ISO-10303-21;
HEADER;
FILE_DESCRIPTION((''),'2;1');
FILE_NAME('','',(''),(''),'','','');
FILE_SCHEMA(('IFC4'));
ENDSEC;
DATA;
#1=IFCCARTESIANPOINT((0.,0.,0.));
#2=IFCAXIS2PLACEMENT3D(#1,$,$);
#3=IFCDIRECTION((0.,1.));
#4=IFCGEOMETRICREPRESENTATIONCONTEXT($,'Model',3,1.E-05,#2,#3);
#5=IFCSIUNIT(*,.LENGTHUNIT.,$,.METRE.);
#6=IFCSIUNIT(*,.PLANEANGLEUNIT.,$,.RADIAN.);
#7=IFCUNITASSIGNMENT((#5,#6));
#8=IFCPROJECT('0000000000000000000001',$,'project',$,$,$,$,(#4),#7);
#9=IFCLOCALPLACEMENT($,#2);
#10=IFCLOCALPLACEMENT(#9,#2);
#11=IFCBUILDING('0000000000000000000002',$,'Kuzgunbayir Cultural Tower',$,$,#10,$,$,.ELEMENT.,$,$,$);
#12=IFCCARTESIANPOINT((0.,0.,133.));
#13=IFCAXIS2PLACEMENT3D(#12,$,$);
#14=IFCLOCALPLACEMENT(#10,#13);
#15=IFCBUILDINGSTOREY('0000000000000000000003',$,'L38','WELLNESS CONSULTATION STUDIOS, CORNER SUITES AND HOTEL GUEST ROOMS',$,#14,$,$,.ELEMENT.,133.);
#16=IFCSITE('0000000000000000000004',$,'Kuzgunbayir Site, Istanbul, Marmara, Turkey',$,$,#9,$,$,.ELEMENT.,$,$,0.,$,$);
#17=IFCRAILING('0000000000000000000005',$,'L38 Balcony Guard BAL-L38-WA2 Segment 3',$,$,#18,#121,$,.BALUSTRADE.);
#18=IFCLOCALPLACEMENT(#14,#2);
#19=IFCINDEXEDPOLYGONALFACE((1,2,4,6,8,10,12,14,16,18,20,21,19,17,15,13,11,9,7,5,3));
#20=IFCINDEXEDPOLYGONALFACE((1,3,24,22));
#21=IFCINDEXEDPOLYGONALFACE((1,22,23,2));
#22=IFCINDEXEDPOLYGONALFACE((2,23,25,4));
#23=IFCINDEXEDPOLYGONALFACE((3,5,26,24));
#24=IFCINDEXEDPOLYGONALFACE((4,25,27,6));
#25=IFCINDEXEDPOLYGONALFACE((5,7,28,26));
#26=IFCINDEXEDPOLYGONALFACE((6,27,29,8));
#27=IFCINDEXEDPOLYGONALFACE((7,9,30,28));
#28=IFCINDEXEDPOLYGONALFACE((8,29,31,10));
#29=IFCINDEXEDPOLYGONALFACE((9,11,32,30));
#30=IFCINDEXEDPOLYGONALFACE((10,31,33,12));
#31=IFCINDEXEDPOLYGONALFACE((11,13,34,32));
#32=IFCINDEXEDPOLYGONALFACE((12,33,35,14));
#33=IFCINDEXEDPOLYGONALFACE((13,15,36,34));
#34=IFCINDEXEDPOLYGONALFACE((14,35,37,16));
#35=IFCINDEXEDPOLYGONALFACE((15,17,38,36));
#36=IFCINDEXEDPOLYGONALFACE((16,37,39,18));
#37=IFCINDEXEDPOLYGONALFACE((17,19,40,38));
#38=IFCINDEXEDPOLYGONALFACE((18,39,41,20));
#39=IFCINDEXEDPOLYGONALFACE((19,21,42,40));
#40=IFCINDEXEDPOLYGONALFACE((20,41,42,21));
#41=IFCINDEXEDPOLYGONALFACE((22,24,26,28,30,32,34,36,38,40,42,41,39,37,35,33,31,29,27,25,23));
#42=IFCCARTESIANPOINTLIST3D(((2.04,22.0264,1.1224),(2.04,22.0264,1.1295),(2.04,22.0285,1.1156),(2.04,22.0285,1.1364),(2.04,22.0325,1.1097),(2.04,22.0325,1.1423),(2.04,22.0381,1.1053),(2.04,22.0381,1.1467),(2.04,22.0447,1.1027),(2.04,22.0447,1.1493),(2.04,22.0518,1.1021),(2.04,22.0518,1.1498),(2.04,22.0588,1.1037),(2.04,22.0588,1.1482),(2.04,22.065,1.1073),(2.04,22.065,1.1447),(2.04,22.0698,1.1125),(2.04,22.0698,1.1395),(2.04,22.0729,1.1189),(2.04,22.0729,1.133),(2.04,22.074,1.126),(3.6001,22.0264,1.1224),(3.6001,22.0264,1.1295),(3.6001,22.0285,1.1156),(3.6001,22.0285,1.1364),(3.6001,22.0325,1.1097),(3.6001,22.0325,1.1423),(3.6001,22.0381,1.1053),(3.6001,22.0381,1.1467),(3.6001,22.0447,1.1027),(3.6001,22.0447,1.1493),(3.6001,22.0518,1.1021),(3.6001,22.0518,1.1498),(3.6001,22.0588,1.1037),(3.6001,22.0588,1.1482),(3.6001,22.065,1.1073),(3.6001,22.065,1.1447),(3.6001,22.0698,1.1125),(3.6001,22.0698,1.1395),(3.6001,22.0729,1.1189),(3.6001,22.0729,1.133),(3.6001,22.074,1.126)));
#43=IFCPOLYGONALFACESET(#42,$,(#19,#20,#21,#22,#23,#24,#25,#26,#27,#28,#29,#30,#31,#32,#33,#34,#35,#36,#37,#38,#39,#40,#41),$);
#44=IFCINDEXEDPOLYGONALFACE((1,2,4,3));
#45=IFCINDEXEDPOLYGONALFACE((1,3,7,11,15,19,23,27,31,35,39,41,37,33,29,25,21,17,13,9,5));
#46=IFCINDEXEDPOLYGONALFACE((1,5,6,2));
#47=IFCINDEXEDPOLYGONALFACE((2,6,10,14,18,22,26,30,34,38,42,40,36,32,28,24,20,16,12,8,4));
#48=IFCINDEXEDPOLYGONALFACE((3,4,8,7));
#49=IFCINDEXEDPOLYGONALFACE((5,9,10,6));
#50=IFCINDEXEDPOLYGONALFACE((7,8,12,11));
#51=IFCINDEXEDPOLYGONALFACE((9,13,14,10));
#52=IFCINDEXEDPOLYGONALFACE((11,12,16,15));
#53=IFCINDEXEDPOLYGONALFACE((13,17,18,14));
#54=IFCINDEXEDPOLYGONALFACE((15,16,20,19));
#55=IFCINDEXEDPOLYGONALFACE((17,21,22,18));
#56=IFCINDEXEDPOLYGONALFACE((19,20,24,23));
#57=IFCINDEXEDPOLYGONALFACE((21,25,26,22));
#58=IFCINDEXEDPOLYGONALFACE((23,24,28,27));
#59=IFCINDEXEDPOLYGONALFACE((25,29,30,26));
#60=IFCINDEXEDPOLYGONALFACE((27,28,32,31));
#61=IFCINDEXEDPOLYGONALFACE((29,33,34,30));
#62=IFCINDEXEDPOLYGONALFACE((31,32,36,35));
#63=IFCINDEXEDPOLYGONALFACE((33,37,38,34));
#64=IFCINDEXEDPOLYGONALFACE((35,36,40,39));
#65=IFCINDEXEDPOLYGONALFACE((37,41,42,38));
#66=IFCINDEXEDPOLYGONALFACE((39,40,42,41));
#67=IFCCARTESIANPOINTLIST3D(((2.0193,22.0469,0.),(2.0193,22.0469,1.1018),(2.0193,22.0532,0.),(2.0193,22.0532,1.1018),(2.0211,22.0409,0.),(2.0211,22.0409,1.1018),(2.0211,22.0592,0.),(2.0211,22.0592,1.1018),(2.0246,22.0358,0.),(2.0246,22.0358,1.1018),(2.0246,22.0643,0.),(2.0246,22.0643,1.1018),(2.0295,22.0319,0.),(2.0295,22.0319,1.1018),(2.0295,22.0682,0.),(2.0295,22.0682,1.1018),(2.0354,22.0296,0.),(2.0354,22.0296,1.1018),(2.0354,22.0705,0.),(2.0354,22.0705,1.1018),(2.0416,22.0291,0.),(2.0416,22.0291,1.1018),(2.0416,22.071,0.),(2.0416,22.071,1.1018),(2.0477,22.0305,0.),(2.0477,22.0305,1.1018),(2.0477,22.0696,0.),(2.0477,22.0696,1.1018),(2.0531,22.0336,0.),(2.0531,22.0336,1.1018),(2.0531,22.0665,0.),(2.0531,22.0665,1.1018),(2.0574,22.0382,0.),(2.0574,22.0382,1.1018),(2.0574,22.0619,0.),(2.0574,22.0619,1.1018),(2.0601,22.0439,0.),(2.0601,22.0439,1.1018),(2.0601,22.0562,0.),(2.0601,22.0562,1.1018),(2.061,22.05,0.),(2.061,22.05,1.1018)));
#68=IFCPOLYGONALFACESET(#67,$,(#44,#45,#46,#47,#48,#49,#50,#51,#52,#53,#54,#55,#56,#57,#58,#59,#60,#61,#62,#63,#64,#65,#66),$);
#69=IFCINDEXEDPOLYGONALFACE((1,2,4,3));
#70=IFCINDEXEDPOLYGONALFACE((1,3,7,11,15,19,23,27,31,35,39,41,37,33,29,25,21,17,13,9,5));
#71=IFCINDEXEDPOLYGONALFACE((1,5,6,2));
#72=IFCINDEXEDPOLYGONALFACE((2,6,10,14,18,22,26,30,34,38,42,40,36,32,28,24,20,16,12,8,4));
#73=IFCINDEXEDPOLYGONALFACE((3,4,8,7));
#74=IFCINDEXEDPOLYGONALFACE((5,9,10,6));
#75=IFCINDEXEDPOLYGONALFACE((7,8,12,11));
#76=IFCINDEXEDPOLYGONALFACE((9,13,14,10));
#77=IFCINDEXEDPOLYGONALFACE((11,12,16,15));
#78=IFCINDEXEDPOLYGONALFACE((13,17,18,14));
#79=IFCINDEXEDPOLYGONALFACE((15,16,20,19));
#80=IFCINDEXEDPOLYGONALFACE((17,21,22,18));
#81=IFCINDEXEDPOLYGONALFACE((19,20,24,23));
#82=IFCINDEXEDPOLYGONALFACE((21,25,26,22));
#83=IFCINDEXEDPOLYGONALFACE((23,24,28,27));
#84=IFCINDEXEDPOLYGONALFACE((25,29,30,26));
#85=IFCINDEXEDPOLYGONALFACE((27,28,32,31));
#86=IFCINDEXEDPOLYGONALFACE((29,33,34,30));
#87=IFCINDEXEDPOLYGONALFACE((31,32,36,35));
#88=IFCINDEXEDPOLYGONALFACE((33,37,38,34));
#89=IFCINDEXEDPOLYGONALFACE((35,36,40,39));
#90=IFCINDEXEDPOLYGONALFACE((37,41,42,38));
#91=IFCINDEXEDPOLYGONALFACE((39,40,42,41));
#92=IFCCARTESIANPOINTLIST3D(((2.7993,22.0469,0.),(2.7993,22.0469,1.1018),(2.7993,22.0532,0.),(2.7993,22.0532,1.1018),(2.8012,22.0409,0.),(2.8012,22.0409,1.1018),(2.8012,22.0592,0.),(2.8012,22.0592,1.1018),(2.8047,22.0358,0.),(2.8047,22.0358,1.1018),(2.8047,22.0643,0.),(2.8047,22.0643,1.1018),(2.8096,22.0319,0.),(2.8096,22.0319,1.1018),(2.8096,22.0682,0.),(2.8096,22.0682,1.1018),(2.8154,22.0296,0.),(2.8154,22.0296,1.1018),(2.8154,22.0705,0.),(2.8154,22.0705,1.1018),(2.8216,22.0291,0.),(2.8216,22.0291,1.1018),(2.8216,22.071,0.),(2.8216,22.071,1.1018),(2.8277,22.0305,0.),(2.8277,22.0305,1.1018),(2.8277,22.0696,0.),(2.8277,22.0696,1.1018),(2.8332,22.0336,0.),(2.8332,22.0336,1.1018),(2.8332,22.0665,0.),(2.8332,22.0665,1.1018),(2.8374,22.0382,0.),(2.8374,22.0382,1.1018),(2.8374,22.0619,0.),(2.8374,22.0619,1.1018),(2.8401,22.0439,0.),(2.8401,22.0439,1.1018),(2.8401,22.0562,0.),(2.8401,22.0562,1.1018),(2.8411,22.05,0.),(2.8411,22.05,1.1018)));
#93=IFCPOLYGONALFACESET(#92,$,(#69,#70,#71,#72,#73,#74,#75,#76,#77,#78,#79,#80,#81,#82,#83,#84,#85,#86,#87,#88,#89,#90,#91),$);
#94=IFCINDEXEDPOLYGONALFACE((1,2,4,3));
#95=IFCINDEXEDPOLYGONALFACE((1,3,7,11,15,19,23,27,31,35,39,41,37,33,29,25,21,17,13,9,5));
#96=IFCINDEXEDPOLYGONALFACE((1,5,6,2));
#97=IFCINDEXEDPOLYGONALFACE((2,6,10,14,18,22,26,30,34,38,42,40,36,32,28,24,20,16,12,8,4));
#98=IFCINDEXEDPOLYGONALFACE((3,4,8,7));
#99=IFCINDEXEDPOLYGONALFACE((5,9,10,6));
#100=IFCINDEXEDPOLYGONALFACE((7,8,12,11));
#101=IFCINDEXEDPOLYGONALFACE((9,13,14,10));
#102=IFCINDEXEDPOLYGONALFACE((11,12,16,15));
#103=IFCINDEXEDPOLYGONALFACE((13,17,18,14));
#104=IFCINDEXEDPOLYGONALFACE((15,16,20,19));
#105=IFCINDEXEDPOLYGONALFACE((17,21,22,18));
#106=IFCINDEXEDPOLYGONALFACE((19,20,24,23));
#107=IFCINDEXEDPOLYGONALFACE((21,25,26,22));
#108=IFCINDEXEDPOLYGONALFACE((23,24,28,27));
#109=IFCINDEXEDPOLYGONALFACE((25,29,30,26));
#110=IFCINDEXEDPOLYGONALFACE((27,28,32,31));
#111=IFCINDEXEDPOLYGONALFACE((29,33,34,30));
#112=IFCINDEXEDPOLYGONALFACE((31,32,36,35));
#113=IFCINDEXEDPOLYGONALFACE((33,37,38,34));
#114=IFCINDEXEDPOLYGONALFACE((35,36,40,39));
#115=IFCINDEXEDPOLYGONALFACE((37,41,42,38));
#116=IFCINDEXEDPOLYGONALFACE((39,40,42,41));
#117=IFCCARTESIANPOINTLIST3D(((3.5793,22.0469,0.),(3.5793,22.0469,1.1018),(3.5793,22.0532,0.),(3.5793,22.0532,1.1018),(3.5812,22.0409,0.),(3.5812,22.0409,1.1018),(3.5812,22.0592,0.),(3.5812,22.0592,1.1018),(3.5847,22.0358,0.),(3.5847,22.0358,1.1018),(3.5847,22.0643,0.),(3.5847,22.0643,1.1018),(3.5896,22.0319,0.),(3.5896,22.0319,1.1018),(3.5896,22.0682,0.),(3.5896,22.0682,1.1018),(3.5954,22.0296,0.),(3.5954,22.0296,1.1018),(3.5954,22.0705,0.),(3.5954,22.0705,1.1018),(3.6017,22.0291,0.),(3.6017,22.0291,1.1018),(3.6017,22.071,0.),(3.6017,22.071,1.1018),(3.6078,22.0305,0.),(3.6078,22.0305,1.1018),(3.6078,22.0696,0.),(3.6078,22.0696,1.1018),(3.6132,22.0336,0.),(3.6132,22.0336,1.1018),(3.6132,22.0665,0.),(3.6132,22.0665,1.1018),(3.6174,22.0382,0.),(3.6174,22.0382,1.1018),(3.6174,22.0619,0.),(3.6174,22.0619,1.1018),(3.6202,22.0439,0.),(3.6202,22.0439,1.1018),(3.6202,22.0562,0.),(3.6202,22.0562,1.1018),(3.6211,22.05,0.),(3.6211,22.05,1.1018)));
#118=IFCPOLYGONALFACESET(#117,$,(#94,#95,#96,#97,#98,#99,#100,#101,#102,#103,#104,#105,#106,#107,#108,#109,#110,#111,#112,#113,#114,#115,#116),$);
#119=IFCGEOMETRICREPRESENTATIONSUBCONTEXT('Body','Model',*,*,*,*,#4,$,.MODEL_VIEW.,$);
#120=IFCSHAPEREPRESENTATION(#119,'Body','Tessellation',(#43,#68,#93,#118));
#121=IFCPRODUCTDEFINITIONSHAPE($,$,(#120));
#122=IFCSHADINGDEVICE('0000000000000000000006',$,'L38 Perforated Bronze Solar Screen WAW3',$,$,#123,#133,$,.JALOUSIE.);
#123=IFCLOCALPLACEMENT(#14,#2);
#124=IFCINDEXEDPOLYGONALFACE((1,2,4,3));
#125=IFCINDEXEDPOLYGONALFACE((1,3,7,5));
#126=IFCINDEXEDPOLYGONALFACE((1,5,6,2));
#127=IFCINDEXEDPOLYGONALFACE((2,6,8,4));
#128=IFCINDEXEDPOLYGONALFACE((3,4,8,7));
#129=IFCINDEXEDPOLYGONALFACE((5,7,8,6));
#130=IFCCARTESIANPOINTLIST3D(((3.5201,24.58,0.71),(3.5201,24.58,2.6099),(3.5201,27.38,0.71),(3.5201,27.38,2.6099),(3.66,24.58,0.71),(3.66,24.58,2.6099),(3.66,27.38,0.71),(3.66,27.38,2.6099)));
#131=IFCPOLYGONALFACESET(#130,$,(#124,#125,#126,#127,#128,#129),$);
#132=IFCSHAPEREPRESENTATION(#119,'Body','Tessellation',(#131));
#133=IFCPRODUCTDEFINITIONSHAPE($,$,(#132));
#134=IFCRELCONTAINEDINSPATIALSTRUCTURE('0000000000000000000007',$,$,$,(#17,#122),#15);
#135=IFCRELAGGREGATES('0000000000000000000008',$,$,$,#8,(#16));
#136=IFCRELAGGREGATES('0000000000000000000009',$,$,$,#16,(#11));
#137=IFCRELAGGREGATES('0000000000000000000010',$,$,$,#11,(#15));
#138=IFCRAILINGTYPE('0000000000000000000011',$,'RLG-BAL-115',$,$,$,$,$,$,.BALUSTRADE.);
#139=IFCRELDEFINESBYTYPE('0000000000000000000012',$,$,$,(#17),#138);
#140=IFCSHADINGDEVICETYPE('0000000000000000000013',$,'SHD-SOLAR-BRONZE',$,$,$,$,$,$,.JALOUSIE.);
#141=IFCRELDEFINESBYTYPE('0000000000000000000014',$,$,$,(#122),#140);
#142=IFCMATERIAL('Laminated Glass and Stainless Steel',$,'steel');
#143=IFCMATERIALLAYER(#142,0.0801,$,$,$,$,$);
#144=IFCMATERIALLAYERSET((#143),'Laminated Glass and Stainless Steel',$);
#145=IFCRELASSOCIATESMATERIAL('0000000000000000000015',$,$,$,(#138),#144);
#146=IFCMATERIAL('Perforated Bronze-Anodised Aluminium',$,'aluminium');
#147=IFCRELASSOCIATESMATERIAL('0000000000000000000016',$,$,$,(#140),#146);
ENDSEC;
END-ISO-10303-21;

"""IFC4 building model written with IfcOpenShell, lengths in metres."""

from ifc_helpers import new_model, si_unit, direction, frame, origin, origin_2d, place, context, subcontext, project, spatial, rectangle, circle, extrude, material, layer, layer_set, type_object, element, save


model = new_model("IFC4")

# Units and contexts
model_context = context("Model", 3, precision=1e-05, world=origin(), true_north=direction((0.0, 1.0)))
body_context = subcontext(model_context, "Body", "Model", "MODEL_VIEW")
ifc_project = project(units=[si_unit("LENGTHUNIT", "METRE"), si_unit("PLANEANGLEUNIT", "RADIAN")], contexts=[model_context])

# Site, building, storey
site_placement = place(None, origin())
site = spatial("IfcSite", under=ifc_project, at=site_placement, Name="Kuzgunbayir Site, Istanbul, Marmara, Turkey", CompositionType="ELEMENT", RefElevation=0.0)
building_placement = place(site_placement, origin())
building = spatial("IfcBuilding", under=site, at=building_placement, Name="Kuzgunbayir Cultural Tower", CompositionType="ELEMENT")
storey_placement = place(building_placement, frame((0.0, 0.0, 133.0)))
storey = spatial("IfcBuildingStorey", under=building, at=storey_placement, Name="L38", Description="WELLNESS CONSULTATION STUDIOS, CORNER SUITES AND HOTEL GUEST ROOMS", CompositionType="ELEMENT", Elevation=133.0)

# Shared definitions
ifc_material_1 = material(Name="Perforated Bronze-Anodised Aluminium", Category="aluminium")

# Railing
ifc_material_2 = material(Name="Laminated Glass and Stainless Steel", Category="steel")
ifc_layer_1 = layer(ifc_material_2, 0.0801)
ifc_layer_set_1 = layer_set([ifc_layer_1], Name="Laminated Glass and Stainless Steel")
railing_type = type_object("IfcRailingType", Name="RLG-BAL-115", PredefinedType="BALUSTRADE", material=ifc_layer_set_1)
railing_1_placement = place(storey_placement, frame((2.04, 22.05, 0.0)))
element("IfcRailing", 1, at=railing_1_placement, inside=storey, type_object=railing_type, Name="L38 Balcony Guard BAL-L38-WA2 Segment 3", PredefinedType="BALUSTRADE", context=body_context, shape_type="SweptSolid", body=[
    extrude(circle(Radius=0.0239, at=origin_2d()), frame((0.0, 0.0, 1.126), z_axis=(1.0, 0.0, 0.0), x_axis=(0.0, 1.0, 0.0)), (0.0, 0.0, 1.0), 1.5601),
    extrude(circle(Radius=0.021, at=origin_2d()), origin(), (0.0, 0.0, 1.0), 1.1018),
    extrude(circle(Radius=0.021, at=origin_2d()), frame((0.78, 0.0, 0.0)), (0.0, 0.0, 1.0), 1.1018),
    extrude(circle(Radius=0.021, at=origin_2d()), frame((1.5601, 0.0, 0.0)), (0.0, 0.0, 1.0), 1.1018),
])

# Shading device
shading_device_type = type_object("IfcShadingDeviceType", Name="SHD-SOLAR-BRONZE", PredefinedType="JALOUSIE", material=ifc_material_1)
shading_device_placement = place(storey_placement, frame((3.5901, 25.98, 0.71), z_axis=(0.0, 0.0, 1.0), x_axis=(1.0, 0.0, 0.0)))
element("IfcShadingDevice", 2, at=shading_device_placement, inside=storey, type_object=shading_device_type, Name="L38 Perforated Bronze Solar Screen WAW3", PredefinedType="JALOUSIE", context=body_context, shape_type="SweptSolid", body=[
    extrude(rectangle(XDim=0.1399, YDim=2.8, at=origin_2d()), origin(), (0.0, 0.0, 1.0), 1.8999),
])

save(model, "model.ifc")
